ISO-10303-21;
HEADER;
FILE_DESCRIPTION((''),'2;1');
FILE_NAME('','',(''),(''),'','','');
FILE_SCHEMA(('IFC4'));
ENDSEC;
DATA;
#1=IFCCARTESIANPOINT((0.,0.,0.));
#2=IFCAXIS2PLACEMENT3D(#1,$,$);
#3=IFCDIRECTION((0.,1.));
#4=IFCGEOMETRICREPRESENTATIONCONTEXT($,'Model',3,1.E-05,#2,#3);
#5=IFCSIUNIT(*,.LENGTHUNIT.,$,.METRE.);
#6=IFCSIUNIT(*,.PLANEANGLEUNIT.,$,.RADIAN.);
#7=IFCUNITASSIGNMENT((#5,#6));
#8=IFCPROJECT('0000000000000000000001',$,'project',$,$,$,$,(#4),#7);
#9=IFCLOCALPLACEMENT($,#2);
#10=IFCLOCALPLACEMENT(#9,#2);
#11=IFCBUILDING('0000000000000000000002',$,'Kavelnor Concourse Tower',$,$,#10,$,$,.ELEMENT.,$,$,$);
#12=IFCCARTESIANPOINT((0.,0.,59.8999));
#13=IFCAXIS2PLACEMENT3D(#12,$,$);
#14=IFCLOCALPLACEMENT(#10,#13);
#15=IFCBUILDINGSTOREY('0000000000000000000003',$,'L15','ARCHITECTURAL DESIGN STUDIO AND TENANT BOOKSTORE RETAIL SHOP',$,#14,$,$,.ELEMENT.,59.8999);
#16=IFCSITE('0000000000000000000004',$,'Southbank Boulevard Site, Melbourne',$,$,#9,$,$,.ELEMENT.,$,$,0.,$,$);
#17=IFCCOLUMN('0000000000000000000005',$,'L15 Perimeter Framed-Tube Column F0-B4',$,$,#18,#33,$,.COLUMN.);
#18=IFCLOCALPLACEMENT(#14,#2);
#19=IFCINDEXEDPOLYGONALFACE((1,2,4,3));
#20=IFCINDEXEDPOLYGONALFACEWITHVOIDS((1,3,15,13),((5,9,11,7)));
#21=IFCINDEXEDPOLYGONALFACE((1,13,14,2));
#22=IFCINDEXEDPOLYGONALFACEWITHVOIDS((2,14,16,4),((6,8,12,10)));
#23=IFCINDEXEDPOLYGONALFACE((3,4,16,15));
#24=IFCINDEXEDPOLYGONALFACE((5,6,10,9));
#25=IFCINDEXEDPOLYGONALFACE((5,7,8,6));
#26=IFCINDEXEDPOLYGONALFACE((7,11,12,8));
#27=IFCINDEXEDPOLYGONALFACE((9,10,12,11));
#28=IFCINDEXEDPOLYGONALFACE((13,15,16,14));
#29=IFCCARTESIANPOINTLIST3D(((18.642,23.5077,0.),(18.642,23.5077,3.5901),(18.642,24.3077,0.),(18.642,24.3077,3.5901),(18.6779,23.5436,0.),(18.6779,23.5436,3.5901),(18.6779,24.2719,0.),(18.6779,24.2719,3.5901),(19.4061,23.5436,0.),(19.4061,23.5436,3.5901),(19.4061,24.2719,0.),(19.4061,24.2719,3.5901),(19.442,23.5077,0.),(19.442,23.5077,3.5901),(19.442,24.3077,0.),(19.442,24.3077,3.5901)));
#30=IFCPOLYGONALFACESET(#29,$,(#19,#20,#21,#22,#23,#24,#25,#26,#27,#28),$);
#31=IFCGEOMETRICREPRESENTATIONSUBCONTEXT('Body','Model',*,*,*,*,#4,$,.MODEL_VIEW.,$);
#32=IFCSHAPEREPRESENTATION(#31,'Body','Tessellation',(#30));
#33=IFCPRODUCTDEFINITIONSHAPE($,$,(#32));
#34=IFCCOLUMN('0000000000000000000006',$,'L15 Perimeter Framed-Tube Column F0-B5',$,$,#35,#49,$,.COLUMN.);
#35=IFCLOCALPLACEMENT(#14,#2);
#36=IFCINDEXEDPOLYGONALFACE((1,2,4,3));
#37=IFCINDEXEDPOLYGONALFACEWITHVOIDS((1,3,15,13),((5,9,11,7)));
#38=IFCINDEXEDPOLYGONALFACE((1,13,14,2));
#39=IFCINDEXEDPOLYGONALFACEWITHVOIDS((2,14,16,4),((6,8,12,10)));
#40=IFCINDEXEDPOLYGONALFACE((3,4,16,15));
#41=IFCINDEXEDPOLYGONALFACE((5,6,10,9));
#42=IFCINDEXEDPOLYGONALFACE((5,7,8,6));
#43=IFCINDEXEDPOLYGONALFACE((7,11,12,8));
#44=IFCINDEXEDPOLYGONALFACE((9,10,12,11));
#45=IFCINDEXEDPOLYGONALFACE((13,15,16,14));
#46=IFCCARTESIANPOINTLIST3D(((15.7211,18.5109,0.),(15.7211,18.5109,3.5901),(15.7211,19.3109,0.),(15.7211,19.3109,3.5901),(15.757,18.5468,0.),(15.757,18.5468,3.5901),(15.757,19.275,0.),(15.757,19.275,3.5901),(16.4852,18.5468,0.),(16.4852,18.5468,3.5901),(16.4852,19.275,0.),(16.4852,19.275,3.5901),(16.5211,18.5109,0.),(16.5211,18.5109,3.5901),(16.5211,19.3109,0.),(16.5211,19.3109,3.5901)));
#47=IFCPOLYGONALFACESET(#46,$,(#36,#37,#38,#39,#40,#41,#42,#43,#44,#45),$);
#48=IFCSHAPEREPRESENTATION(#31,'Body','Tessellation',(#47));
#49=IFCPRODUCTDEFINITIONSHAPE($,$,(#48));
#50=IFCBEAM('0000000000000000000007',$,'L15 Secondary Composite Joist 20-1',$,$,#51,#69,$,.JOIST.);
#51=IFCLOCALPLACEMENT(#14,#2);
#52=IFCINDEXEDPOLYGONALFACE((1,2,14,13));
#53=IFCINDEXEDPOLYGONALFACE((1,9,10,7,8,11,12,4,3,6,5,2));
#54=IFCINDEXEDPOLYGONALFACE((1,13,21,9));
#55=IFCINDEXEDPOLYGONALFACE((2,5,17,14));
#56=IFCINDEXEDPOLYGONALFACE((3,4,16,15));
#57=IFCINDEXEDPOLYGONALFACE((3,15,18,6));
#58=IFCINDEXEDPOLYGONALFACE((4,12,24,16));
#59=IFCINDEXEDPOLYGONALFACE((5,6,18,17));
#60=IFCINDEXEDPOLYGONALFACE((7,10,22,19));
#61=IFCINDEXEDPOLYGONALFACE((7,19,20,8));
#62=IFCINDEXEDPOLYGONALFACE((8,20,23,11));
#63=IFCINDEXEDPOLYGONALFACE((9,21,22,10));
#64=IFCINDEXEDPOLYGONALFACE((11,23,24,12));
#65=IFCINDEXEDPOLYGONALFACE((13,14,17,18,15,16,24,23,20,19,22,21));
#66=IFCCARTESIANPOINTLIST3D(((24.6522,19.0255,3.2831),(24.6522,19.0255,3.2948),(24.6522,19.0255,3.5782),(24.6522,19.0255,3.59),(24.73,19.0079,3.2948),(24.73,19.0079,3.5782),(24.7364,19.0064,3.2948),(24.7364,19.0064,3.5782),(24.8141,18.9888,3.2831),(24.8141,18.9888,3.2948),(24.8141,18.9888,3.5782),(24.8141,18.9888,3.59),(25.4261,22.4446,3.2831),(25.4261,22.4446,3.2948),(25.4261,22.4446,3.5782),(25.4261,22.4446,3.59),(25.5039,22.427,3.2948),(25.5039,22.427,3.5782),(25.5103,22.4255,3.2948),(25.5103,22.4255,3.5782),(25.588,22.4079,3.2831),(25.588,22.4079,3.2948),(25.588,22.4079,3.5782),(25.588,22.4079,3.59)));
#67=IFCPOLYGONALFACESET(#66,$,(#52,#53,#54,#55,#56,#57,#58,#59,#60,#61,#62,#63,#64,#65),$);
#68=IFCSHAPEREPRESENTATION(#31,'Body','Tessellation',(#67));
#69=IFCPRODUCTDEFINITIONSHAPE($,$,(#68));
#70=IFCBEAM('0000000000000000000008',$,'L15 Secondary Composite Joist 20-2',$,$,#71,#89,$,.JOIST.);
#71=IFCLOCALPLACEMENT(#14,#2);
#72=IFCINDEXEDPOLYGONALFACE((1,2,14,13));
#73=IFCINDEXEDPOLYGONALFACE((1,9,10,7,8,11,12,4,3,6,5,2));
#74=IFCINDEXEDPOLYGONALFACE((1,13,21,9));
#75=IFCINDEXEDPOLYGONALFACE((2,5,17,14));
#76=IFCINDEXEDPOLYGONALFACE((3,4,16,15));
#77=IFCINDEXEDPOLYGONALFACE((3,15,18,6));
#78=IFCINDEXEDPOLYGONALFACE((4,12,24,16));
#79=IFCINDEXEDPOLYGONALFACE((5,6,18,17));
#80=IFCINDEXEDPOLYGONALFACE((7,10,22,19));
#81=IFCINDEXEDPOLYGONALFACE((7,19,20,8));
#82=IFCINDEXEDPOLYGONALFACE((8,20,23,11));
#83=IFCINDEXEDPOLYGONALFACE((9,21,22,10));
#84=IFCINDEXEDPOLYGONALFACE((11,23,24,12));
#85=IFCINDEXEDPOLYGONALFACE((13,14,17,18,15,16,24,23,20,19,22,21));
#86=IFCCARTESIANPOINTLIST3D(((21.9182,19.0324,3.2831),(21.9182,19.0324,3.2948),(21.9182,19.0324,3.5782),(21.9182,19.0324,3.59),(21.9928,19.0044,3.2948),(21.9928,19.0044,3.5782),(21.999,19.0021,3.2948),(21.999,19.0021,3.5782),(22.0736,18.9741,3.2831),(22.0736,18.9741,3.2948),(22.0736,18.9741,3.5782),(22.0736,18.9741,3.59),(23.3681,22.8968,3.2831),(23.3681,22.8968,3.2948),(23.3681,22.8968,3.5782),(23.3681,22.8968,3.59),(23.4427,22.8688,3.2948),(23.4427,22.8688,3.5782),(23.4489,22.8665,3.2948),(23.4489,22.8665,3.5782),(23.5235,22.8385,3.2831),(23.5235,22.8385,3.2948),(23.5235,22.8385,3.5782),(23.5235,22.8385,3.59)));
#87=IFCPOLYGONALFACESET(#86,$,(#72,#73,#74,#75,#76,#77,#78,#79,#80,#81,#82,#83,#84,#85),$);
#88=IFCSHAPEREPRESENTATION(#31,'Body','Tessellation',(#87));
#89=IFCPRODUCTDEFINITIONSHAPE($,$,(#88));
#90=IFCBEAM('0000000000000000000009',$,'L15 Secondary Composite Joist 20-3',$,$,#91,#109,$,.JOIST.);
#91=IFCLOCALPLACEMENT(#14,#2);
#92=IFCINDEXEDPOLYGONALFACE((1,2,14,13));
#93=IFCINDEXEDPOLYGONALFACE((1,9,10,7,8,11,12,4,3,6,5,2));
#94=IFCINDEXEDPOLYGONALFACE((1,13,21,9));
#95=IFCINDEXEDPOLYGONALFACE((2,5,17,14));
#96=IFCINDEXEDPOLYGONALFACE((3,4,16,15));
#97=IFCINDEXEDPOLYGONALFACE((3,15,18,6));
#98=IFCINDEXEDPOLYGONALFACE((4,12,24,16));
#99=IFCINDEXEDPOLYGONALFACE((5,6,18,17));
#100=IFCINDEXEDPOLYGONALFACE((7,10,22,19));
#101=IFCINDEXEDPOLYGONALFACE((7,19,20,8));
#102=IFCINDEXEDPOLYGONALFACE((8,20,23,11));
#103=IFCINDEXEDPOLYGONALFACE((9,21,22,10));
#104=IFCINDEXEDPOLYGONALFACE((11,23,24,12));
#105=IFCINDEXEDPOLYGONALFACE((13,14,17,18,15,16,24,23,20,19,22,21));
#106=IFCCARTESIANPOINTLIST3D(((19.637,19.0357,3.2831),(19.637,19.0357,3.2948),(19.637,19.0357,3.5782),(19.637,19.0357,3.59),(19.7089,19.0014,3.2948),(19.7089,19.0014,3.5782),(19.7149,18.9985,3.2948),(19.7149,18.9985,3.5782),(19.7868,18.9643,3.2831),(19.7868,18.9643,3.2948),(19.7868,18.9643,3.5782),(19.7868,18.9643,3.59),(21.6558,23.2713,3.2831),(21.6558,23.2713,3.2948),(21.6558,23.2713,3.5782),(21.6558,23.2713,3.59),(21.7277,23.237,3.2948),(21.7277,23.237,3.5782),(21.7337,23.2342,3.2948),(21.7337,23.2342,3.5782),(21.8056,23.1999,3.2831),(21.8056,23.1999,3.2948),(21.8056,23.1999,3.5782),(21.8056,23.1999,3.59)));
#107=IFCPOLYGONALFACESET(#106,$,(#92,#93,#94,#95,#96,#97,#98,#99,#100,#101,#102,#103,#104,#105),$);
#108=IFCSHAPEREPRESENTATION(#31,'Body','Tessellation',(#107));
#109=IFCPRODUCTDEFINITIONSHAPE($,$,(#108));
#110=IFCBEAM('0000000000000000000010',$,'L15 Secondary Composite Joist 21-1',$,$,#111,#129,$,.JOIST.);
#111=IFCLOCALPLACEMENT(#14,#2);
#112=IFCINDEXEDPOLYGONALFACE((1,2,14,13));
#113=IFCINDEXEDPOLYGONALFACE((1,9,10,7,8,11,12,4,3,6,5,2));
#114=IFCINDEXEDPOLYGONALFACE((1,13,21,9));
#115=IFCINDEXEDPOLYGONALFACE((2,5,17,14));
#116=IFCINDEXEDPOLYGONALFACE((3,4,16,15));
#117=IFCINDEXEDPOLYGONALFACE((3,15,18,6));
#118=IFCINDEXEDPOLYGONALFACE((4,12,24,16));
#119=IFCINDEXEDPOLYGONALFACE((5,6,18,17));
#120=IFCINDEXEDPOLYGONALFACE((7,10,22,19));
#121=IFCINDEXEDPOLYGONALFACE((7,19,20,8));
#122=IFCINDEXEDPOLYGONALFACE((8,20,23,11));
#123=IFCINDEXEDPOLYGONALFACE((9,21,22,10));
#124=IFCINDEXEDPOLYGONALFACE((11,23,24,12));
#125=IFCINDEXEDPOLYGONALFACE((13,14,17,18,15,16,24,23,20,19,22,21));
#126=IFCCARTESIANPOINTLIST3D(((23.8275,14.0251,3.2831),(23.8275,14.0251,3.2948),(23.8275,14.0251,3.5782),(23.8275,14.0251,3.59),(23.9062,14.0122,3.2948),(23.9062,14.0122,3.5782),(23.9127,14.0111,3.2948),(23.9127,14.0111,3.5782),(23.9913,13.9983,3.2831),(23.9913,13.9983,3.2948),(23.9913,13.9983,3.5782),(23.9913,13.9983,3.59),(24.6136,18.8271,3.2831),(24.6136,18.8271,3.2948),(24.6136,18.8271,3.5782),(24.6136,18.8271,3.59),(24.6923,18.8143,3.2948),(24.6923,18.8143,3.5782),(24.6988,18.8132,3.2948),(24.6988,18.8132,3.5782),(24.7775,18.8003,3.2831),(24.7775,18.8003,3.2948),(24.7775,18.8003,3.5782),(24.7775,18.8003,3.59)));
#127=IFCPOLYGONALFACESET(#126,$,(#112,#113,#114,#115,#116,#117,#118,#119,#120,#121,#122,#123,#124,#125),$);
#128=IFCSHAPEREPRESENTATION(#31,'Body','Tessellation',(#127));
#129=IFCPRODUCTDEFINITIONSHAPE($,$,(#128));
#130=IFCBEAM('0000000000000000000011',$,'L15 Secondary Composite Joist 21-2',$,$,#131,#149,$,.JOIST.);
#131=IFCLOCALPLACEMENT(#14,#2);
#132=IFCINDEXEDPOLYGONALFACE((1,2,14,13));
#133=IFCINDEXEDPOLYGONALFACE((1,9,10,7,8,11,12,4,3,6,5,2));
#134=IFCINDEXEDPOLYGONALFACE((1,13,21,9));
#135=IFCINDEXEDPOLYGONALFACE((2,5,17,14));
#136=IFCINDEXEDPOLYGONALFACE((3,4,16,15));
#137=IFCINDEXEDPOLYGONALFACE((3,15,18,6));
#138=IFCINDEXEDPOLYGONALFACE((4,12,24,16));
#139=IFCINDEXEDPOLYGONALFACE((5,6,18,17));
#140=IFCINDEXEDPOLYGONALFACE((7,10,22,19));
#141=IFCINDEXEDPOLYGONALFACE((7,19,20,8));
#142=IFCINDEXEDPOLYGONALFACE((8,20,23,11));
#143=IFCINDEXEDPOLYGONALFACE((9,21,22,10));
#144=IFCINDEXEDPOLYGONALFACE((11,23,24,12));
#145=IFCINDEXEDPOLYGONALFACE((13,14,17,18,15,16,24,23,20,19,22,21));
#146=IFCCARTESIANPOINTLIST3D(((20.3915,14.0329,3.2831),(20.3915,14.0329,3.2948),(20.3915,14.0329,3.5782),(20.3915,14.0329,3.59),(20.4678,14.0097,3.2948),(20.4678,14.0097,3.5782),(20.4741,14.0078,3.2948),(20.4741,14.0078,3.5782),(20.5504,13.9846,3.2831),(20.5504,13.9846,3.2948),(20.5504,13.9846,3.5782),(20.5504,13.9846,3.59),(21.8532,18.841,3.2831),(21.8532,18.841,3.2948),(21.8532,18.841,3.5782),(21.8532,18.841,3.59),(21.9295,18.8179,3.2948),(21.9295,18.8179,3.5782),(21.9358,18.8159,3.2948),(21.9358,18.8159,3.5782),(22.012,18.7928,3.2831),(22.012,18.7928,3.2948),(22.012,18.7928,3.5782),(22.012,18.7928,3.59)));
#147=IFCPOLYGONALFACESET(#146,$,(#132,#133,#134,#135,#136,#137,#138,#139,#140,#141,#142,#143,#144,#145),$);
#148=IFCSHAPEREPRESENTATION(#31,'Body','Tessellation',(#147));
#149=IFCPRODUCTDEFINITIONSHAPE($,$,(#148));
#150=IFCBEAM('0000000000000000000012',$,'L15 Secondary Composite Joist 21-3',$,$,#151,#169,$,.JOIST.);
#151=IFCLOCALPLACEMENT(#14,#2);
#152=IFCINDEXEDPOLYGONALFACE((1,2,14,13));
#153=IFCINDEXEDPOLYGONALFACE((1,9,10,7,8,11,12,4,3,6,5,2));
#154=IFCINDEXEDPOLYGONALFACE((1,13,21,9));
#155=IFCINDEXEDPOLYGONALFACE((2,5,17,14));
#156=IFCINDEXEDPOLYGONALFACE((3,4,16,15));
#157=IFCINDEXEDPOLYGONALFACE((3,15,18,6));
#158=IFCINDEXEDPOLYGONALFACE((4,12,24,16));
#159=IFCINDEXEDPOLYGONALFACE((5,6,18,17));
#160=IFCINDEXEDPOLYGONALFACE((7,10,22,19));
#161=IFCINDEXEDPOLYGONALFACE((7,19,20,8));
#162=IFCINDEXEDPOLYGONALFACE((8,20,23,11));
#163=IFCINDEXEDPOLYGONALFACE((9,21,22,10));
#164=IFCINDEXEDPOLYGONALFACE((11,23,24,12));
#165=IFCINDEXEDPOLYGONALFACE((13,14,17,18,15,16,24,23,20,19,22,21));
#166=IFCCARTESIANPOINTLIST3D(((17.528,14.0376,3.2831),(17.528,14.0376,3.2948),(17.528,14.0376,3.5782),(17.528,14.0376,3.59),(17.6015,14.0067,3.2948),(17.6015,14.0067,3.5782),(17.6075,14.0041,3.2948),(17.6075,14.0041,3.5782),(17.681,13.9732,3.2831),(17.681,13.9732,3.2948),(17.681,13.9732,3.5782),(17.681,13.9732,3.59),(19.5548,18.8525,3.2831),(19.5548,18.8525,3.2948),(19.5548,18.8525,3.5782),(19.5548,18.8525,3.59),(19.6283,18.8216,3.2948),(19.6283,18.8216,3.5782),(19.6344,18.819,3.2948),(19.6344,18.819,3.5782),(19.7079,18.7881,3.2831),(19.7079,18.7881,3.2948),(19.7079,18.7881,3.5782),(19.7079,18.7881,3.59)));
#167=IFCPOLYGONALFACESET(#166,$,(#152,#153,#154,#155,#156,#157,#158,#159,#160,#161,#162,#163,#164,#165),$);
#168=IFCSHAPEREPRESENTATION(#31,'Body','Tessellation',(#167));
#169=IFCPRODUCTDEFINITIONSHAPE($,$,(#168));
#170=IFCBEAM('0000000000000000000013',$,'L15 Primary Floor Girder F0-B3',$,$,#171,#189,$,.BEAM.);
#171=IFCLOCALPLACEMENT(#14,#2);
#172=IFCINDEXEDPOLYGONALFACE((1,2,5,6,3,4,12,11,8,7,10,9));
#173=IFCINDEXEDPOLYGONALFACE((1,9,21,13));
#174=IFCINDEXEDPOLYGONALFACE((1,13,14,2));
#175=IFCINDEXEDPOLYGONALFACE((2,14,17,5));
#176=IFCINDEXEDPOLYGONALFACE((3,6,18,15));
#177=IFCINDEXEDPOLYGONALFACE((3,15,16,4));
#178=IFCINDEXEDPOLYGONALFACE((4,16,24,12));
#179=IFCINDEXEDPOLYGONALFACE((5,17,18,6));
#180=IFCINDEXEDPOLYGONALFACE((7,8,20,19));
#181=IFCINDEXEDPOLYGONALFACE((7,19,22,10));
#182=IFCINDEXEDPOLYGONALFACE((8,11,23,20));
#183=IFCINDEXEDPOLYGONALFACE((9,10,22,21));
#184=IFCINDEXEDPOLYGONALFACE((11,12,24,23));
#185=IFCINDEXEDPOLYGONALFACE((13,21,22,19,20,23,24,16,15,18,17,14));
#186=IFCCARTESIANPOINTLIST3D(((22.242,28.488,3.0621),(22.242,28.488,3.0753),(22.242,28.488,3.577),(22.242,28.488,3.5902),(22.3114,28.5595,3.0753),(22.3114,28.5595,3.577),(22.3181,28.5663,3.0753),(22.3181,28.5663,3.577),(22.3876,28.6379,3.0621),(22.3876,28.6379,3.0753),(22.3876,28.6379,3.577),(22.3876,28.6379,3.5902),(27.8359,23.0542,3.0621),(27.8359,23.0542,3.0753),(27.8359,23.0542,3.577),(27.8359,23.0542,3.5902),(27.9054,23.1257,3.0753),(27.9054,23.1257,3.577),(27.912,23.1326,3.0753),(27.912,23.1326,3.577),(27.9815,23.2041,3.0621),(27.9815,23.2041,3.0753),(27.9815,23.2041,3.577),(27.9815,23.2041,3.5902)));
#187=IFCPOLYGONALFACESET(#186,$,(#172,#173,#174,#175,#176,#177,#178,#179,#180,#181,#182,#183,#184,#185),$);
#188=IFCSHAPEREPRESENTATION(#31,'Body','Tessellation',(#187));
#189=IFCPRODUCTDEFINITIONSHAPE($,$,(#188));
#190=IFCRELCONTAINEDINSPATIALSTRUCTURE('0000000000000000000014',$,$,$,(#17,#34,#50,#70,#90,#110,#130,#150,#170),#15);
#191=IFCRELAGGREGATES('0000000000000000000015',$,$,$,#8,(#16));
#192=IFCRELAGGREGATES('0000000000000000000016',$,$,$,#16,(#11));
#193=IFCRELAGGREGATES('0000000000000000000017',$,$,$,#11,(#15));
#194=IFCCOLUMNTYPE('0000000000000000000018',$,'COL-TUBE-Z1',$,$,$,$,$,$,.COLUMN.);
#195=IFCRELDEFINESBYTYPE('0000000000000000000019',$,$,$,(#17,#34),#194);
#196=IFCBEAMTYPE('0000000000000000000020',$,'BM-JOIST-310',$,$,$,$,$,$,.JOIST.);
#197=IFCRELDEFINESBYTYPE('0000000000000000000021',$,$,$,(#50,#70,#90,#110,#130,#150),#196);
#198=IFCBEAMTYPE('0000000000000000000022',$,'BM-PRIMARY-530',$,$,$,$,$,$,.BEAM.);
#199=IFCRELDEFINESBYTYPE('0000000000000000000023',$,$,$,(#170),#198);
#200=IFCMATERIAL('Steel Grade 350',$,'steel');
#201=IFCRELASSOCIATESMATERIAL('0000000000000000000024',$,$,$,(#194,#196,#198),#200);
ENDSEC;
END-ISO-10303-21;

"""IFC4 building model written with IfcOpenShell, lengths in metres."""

from ifc_helpers import new_model, si_unit, direction, frame, origin, origin_2d, place, context, subcontext, project, spatial, hollow_rectangle, i_section, extrude, material, material_profile, profile_set, type_object, element, save


model = new_model("IFC4")

# Units and contexts
model_context = context("Model", 3, precision=1e-05, world=origin(), true_north=direction((0.0, 1.0)))
body_context = subcontext(model_context, "Body", "Model", "MODEL_VIEW")
ifc_project = project(units=[si_unit("LENGTHUNIT", "METRE"), si_unit("PLANEANGLEUNIT", "RADIAN")], contexts=[model_context])

# Site, building, storey
site_placement = place(None, origin())
site = spatial("IfcSite", under=ifc_project, at=site_placement, Name="Southbank Boulevard Site, Melbourne", CompositionType="ELEMENT", RefElevation=0.0)
building_placement = place(site_placement, origin())
building = spatial("IfcBuilding", under=site, at=building_placement, Name="Kavelnor Concourse Tower", CompositionType="ELEMENT")
storey_placement = place(building_placement, frame((0.0, 0.0, 59.8999)))
storey = spatial("IfcBuildingStorey", under=building, at=storey_placement, Name="L15", Description="ARCHITECTURAL DESIGN STUDIO AND TENANT BOOKSTORE RETAIL SHOP", CompositionType="ELEMENT", Elevation=59.8999)

# Columns
ifc_material_1 = material(Name="Steel Grade 350", Category="steel")
ifc_material_profile_1 = material_profile(ifc_material_1, hollow_rectangle(XDim=0.8, YDim=0.8, WallThickness=0.0359, at=origin_2d()), Name="SHS 800x800x36")
ifc_profile_set_1 = profile_set([ifc_material_profile_1], Name="Steel Grade 350")
column_type = type_object("IfcColumnType", Name="COL-TUBE-Z1", PredefinedType="COLUMN", material=ifc_profile_set_1)
for number, where, z_axis, x_axis, name in (
    (1, (19.042, 23.9077, 0.0), (0.0, 0.0, 1.0), (1.0, 0.0, 0.0), "L15 Perimeter Framed-Tube Column F0-B4"),
    (2, (16.1211, 18.9109, 0.0), (0.0, 0.0, 1.0), (1.0, 0.0, 0.0), "L15 Perimeter Framed-Tube Column F0-B5"),
):
    element("IfcColumn", number, at=place(storey_placement, frame(where, z_axis=z_axis, x_axis=x_axis)), inside=storey, type_object=column_type, Name=name, PredefinedType="COLUMN", context=body_context, shape_type="SweptSolid", body=[
        extrude(hollow_rectangle(XDim=0.8, YDim=0.8, WallThickness=0.0359, at=origin_2d()), origin(), (0.0, 0.0, 1.0), 3.5901),
    ])

# Beams
ifc_material_profile_2 = material_profile(ifc_material_1, i_section(OverallWidth=0.166, OverallDepth=0.3069, WebThickness=0.0066, FlangeThickness=0.0117, at=origin_2d()), Name="310UB46")
ifc_profile_set_2 = profile_set([ifc_material_profile_2], Name="Steel Grade 350")
beam_type_1 = type_object("IfcBeamType", Name="BM-JOIST-310", PredefinedType="JOIST", material=ifc_profile_set_2)
beam_1_placement = place(storey_placement, frame((25.5071, 22.4263, 3.4365), z_axis=(-0.220763, -0.975327, 0.0), x_axis=(0.975327, -0.220763, 0.0)))
element("IfcBeam", 3, at=beam_1_placement, inside=storey, type_object=beam_type_1, Name="L15 Secondary Composite Joist 20-1", PredefinedType="JOIST", context=body_context, shape_type="SweptSolid", body=[
    extrude(i_section(OverallWidth=0.166, OverallDepth=0.3069, WebThickness=0.0066, FlangeThickness=0.0117, at=origin_2d()), origin(), (0.0, 0.0, 1.0), 3.5056),
])
beam_2_placement = place(storey_placement, frame((23.4458, 22.8677, 3.4365), z_axis=(-0.351285, -0.936268, 0.0), x_axis=(0.936268, -0.351285, 0.0)))
element("IfcBeam", 4, at=beam_2_placement, inside=storey, type_object=beam_type_1, Name="L15 Secondary Composite Joist 20-2", PredefinedType="JOIST", context=body_context, shape_type="SweptSolid", body=[
    extrude(i_section(OverallWidth=0.166, OverallDepth=0.3069, WebThickness=0.0066, FlangeThickness=0.0117, at=origin_2d()), origin(), (0.0, 0.0, 1.0), 4.1274),
])
beam_3_placement = place(storey_placement, frame((21.7307, 23.2356, 3.4365), z_axis=(-0.430255, -0.902708, 0.0), x_axis=(0.902708, -0.430255, 0.0)))
element("IfcBeam", 5, at=beam_3_placement, inside=storey, type_object=beam_type_1, Name="L15 Secondary Composite Joist 20-3", PredefinedType="JOIST", context=body_context, shape_type="SweptSolid", body=[
    extrude(i_section(OverallWidth=0.166, OverallDepth=0.3069, WebThickness=0.0066, FlangeThickness=0.0117, at=origin_2d()), origin(), (0.0, 0.0, 1.0), 4.6921),
])
beam_4_placement = place(storey_placement, frame((24.6956, 18.8137, 3.4365), z_axis=(-0.161559, -0.986863, 0.0), x_axis=(0.986863, -0.161559, 0.0)))
element("IfcBeam", 6, at=beam_4_placement, inside=storey, type_object=beam_type_1, Name="L15 Secondary Composite Joist 21-1", PredefinedType="JOIST", context=body_context, shape_type="SweptSolid", body=[
    extrude(i_section(OverallWidth=0.166, OverallDepth=0.3069, WebThickness=0.0066, FlangeThickness=0.0117, at=origin_2d()), origin(), (0.0, 0.0, 1.0), 4.866),
])
beam_5_placement = place(storey_placement, frame((21.9326, 18.8169, 3.4365), z_axis=(-0.290858, -0.956766, 0.0), x_axis=(0.956766, -0.290858, 0.0)))
element("IfcBeam", 7, at=beam_5_placement, inside=storey, type_object=beam_type_1, Name="L15 Secondary Composite Joist 21-2", PredefinedType="JOIST", context=body_context, shape_type="SweptSolid", body=[
    extrude(i_section(OverallWidth=0.166, OverallDepth=0.3069, WebThickness=0.0066, FlangeThickness=0.0117, at=origin_2d()), origin(), (0.0, 0.0, 1.0), 5.0254),
])
beam_6_placement = place(storey_placement, frame((19.6313, 18.8203, 3.4365), z_axis=(-0.387978, -0.921669, 0.0), x_axis=(0.921669, -0.387978, 0.0)))
element("IfcBeam", 8, at=beam_6_placement, inside=storey, type_object=beam_type_1, Name="L15 Secondary Composite Joist 21-3", PredefinedType="JOIST", context=body_context, shape_type="SweptSolid", body=[
    extrude(i_section(OverallWidth=0.166, OverallDepth=0.3069, WebThickness=0.0066, FlangeThickness=0.0117, at=origin_2d()), origin(), (0.0, 0.0, 1.0), 5.2241),
])
ifc_material_profile_3 = material_profile(ifc_material_1, i_section(OverallWidth=0.209, OverallDepth=0.5281, WebThickness=0.0095, FlangeThickness=0.0132, at=origin_2d()), Name="530UB82")
ifc_profile_set_3 = profile_set([ifc_material_profile_3], Name="Steel Grade 350")
beam_type_2 = type_object("IfcBeamType", Name="BM-PRIMARY-530", PredefinedType="BEAM", material=ifc_profile_set_3)
beam_7_placement = place(storey_placement, frame((27.9087, 23.1292, 3.3262), z_axis=(-0.7173, 0.696764, 0.0), x_axis=(-0.696764, -0.7173, 0.0)))
element("IfcBeam", 9, at=beam_7_placement, inside=storey, type_object=beam_type_2, Name="L15 Primary Floor Girder F0-B3", PredefinedType="BEAM", context=body_context, shape_type="SweptSolid", body=[
    extrude(i_section(OverallWidth=0.209, OverallDepth=0.5281, WebThickness=0.0095, FlangeThickness=0.0132, at=origin_2d()), origin(), (0.0, 0.0, 1.0), 7.7986),
])

save(model, "model.ifc")
